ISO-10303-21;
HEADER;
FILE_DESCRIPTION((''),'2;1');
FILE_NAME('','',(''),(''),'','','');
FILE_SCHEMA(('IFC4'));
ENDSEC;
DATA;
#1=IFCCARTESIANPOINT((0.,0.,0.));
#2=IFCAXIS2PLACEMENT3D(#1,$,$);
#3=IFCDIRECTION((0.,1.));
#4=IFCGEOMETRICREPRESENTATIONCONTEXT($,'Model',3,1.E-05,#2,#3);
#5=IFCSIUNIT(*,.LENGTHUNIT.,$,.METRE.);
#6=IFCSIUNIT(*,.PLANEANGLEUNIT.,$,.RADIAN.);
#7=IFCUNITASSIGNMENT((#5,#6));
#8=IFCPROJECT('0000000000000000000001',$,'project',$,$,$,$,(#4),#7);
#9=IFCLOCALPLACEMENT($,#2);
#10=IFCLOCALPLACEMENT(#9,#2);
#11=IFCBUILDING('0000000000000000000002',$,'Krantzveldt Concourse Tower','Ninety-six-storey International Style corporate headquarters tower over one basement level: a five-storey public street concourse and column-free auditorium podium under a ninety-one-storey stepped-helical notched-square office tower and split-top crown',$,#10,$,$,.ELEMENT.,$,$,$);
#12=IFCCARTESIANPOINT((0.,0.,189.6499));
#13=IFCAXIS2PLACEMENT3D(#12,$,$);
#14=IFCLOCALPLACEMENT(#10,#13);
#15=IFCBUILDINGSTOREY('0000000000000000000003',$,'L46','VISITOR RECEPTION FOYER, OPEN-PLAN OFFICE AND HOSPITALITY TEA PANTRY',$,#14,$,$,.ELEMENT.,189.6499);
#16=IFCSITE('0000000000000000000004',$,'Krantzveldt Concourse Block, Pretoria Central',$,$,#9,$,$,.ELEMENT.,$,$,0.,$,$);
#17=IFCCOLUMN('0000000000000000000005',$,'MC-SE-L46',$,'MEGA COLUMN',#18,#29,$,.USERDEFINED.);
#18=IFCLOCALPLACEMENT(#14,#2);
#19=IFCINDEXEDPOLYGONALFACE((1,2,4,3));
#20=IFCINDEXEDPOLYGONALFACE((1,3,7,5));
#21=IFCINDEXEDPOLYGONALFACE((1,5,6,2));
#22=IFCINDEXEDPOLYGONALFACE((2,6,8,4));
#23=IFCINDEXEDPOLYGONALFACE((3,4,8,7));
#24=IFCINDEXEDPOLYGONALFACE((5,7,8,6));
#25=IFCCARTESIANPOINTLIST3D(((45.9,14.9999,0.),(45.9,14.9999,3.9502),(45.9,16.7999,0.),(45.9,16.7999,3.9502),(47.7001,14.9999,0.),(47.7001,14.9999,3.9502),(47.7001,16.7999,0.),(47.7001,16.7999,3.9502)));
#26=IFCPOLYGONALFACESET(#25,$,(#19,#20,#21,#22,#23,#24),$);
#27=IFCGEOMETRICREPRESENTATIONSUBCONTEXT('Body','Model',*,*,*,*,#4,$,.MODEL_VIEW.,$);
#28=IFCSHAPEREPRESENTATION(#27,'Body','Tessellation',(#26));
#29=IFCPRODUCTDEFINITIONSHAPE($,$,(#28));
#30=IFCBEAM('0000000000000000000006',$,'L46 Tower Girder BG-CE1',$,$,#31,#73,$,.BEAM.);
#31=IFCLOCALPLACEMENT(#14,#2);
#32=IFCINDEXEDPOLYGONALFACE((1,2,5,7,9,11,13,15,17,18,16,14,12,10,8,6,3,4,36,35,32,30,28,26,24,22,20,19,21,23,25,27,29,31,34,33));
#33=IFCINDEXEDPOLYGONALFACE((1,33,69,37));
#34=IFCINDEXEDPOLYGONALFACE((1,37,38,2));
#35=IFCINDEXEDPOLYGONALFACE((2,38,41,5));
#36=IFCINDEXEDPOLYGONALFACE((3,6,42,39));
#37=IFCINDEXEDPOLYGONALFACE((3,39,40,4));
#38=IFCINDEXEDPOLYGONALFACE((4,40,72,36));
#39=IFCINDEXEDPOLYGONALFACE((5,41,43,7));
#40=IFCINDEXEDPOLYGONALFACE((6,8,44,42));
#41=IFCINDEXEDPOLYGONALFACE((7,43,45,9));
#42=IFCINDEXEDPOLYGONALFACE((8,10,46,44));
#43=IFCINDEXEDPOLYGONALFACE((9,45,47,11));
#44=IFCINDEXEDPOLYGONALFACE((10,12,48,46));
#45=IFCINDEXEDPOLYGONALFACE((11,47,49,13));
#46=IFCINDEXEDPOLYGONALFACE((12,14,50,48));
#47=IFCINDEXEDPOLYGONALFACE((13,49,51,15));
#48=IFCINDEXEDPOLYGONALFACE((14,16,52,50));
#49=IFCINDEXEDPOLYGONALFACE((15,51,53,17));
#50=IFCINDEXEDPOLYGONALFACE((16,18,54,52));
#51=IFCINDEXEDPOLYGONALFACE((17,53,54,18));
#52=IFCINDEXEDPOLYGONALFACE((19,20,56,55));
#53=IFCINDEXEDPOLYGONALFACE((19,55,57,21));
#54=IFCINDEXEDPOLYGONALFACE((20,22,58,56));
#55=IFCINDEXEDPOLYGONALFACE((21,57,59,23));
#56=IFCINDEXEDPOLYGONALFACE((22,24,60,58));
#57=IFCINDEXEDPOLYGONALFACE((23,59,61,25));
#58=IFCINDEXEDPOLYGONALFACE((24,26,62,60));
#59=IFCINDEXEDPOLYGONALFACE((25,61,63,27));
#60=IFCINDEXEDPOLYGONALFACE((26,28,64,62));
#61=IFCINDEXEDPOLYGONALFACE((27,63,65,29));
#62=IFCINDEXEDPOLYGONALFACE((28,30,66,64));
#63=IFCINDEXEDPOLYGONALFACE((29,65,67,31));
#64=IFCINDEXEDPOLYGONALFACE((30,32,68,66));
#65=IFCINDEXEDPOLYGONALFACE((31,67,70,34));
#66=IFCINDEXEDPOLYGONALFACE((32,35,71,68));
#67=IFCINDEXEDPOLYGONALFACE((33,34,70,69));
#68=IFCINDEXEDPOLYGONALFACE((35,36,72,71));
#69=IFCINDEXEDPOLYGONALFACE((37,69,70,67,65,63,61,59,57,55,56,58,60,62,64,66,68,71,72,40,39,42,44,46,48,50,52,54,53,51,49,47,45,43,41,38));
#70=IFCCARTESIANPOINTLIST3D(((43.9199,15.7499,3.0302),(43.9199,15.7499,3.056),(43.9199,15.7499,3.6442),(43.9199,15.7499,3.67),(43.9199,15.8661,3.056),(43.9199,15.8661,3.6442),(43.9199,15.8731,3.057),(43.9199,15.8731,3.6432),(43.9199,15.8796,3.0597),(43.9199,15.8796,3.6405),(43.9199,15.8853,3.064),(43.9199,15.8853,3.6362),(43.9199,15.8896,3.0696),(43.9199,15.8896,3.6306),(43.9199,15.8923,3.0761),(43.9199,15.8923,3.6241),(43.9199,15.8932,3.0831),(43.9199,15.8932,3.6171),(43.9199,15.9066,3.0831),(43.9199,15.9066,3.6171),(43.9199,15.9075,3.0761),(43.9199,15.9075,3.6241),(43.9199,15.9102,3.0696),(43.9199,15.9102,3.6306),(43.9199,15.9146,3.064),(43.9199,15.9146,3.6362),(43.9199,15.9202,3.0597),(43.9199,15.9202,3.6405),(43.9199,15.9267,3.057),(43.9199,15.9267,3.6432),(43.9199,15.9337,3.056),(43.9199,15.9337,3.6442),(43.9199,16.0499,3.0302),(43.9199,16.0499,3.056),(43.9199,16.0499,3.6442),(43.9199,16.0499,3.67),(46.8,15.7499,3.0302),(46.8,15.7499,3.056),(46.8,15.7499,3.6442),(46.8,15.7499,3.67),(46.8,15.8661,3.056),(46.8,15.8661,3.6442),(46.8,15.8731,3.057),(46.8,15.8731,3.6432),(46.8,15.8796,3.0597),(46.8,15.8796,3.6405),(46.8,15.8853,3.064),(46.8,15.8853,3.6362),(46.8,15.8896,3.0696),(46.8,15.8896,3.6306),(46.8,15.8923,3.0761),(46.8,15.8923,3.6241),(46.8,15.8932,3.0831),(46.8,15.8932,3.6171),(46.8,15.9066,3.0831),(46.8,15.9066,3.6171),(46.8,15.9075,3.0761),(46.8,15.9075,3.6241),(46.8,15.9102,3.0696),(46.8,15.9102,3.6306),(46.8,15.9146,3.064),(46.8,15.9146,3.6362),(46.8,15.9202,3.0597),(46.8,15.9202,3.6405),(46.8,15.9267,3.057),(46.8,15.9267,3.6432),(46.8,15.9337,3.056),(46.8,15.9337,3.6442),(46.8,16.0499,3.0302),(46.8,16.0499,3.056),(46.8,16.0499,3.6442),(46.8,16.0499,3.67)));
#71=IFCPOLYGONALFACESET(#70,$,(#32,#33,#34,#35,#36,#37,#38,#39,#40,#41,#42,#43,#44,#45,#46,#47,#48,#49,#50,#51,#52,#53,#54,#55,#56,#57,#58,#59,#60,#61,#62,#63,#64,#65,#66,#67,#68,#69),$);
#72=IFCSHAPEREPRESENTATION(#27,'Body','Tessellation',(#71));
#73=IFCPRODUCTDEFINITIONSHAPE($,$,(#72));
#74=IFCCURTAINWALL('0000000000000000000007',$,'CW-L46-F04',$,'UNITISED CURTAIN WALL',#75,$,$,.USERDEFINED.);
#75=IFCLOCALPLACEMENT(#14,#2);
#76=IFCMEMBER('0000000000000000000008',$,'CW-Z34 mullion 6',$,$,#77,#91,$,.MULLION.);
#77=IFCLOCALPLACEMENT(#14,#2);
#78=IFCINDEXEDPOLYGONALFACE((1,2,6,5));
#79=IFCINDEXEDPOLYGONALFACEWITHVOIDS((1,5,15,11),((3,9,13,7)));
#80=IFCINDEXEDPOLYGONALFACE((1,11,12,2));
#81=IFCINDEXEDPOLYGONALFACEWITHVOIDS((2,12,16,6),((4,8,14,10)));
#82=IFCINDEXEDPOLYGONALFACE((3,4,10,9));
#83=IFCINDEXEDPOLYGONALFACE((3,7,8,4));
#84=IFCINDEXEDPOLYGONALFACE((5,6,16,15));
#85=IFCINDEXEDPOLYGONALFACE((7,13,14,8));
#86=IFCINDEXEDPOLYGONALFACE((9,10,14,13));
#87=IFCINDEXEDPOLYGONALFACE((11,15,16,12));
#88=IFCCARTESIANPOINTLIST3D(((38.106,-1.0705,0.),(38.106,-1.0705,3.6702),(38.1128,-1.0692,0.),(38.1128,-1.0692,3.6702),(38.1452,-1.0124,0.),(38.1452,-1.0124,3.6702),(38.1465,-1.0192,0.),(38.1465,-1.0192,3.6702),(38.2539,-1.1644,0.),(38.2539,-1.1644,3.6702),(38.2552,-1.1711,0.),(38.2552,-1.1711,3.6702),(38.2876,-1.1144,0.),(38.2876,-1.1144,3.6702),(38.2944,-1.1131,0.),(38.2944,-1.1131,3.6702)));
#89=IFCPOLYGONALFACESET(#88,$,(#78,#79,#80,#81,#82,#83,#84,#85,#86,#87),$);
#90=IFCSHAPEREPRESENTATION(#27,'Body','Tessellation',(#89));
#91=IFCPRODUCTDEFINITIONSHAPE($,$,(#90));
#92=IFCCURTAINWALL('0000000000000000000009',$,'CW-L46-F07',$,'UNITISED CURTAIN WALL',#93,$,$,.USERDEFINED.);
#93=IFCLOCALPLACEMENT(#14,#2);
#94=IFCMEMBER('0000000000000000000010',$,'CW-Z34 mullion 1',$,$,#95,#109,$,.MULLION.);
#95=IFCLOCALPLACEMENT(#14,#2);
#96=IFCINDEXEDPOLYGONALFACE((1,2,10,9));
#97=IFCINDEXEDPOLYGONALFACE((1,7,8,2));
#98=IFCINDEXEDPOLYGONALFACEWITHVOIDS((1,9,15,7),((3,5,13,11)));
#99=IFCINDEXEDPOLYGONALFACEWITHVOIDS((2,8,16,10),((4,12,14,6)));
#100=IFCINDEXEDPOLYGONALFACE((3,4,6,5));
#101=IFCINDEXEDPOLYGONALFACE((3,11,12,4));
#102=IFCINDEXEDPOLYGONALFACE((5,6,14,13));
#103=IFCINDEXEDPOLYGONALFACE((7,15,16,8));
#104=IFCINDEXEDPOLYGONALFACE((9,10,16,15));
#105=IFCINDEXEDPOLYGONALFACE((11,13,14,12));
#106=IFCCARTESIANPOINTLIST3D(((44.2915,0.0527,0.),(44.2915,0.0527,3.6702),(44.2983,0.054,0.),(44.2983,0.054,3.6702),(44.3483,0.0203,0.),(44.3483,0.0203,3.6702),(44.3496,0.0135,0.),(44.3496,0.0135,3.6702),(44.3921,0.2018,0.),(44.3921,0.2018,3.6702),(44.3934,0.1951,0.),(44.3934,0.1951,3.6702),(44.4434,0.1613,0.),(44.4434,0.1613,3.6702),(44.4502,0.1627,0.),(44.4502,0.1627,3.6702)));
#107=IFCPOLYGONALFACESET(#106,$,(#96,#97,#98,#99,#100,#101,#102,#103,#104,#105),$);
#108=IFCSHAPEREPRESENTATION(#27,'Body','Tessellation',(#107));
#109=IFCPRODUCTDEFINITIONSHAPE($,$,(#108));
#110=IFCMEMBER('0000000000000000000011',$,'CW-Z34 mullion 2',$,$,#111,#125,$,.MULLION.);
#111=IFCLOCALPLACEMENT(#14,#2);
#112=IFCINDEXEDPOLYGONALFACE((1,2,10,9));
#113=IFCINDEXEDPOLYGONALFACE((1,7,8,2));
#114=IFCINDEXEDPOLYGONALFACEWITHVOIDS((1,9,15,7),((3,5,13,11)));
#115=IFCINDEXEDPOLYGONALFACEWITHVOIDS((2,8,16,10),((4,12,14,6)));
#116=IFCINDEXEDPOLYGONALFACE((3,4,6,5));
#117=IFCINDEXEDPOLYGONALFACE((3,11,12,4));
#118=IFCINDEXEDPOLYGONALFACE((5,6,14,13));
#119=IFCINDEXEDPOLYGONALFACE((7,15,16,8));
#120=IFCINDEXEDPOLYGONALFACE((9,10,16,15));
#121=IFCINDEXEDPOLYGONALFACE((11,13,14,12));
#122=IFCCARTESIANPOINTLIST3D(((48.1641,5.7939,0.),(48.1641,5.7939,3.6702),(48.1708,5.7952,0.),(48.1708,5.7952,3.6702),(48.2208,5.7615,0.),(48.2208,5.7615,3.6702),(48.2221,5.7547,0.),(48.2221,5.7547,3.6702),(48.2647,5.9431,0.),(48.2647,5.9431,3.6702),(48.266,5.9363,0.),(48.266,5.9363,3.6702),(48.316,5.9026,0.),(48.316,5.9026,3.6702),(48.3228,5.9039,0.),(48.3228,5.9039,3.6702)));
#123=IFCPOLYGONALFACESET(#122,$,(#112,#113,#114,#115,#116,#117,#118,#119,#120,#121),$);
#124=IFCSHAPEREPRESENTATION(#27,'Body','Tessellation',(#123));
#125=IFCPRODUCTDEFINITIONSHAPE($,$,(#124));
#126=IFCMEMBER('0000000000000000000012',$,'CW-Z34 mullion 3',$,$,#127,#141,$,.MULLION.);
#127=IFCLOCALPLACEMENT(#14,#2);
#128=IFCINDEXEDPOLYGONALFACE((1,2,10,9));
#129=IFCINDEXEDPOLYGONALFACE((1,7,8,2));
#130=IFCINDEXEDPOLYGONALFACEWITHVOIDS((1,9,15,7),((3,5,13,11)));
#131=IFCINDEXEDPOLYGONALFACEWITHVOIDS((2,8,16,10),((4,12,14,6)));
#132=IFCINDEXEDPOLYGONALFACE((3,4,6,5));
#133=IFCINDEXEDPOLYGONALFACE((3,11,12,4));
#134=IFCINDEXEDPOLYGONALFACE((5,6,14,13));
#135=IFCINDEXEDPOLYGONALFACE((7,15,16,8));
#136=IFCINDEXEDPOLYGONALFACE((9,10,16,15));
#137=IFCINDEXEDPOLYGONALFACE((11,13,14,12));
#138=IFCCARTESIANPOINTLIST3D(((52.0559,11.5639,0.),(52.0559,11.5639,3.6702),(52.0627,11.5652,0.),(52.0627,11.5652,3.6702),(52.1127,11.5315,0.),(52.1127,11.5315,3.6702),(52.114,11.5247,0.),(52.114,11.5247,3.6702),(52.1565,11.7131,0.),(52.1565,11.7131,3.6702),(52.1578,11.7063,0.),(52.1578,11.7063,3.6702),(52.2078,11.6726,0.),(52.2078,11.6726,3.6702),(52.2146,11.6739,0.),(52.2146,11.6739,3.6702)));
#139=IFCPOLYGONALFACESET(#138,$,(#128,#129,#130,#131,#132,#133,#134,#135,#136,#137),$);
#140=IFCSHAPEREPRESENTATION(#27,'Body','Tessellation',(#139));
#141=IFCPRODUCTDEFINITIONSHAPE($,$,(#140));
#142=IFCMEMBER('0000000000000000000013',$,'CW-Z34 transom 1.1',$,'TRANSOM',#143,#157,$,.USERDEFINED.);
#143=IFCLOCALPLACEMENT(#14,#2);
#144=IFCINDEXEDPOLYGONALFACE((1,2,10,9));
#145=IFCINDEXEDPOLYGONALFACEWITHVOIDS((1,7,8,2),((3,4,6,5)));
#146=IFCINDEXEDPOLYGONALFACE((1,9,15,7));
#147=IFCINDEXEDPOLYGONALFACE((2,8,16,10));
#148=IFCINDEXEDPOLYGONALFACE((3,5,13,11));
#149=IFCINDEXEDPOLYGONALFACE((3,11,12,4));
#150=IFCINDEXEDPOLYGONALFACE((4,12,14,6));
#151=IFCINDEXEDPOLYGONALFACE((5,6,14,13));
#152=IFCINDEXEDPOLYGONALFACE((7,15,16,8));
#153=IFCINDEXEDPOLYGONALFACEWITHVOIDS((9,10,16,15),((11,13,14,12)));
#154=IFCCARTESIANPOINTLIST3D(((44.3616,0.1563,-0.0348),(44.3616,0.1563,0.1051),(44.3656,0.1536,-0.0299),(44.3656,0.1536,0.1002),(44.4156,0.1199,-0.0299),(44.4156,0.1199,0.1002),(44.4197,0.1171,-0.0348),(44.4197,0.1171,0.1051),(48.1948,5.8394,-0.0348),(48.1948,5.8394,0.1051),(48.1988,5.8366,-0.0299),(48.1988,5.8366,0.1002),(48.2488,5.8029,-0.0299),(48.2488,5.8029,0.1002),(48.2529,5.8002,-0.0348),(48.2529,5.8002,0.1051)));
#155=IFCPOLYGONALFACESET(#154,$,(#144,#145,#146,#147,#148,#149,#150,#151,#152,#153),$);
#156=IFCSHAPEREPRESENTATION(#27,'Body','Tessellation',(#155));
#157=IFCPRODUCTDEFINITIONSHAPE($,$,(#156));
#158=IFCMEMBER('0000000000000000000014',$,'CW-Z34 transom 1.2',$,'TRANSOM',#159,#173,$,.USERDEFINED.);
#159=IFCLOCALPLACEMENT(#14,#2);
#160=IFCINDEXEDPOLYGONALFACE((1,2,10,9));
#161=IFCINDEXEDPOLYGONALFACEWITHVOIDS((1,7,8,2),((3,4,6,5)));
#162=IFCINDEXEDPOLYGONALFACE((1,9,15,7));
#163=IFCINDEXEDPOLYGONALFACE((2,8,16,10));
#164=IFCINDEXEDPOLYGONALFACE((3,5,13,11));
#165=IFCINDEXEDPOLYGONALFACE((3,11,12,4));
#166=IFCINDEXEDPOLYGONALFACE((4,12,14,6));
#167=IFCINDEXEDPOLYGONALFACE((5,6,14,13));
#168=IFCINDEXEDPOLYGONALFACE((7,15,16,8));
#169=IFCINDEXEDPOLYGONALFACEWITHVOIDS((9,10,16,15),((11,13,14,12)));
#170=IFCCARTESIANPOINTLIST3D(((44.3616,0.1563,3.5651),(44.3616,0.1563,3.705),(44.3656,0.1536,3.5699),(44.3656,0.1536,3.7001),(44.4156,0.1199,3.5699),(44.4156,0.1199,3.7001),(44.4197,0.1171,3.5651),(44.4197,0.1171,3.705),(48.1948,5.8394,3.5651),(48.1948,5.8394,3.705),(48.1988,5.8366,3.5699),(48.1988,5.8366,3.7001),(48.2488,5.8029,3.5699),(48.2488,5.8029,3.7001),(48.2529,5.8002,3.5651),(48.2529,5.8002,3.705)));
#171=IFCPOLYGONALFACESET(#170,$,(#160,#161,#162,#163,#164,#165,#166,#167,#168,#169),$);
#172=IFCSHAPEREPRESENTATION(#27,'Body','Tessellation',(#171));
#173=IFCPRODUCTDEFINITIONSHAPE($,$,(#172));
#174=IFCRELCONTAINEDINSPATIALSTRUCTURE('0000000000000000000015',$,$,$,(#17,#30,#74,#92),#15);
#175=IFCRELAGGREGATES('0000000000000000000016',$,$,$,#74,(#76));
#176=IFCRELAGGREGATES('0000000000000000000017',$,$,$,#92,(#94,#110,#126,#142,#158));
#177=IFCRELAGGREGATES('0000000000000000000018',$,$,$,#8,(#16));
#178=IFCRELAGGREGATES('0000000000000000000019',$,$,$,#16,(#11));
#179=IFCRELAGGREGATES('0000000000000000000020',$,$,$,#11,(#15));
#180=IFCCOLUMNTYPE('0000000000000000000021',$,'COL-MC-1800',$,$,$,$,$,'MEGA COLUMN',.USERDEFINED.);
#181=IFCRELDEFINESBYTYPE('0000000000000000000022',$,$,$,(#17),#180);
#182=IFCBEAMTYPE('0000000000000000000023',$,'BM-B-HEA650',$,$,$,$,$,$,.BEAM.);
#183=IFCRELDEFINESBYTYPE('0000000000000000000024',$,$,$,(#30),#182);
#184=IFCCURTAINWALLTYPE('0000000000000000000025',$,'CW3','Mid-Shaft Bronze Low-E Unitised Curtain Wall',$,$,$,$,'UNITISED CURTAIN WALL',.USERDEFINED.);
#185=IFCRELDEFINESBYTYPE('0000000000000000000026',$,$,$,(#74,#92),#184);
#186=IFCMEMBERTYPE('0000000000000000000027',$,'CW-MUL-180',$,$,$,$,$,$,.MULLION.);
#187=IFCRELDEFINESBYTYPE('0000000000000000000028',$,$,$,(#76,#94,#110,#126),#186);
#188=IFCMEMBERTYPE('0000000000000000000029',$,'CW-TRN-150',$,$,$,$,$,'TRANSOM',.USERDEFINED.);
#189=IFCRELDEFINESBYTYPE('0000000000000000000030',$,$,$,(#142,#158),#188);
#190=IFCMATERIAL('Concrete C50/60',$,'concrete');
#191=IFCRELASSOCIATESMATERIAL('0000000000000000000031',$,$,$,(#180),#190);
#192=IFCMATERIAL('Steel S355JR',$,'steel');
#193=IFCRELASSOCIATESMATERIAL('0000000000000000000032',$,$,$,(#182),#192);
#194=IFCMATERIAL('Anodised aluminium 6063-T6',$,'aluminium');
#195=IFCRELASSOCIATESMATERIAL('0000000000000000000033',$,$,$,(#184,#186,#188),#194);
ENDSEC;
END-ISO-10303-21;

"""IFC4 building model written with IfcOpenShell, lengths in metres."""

from ifc_helpers import new_model, si_unit, direction, frame, origin, origin_2d, place, context, subcontext, project, spatial, rectangle, hollow_rectangle, i_section, extrude, source, transform, mapped, material, material_profile, profile_set, type_object, type_shapes, element, aggregate, save


model = new_model("IFC4")

# Units and contexts
model_context = context("Model", 3, precision=1e-05, world=origin(), true_north=direction((0.0, 1.0)))
body_context = subcontext(model_context, "Body", "Model", "MODEL_VIEW")
ifc_project = project(units=[si_unit("LENGTHUNIT", "METRE"), si_unit("PLANEANGLEUNIT", "RADIAN")], contexts=[model_context])

# Site, building, storey
site_placement = place(None, origin())
site = spatial("IfcSite", under=ifc_project, at=site_placement, Name="Krantzveldt Concourse Block, Pretoria Central", CompositionType="ELEMENT", RefElevation=0.0)
building_placement = place(site_placement, origin())
building = spatial("IfcBuilding", under=site, at=building_placement, Name="Krantzveldt Concourse Tower", Description="Ninety-six-storey International Style corporate headquarters tower over one basement level: a five-storey public street concourse and column-free auditorium podium under a ninety-one-storey stepped-helical notched-square office tower and split-top crown", CompositionType="ELEMENT")
storey_placement = place(building_placement, frame((0.0, 0.0, 189.6499)))
storey = spatial("IfcBuildingStorey", under=building, at=storey_placement, Name="L46", Description="VISITOR RECEPTION FOYER, OPEN-PLAN OFFICE AND HOSPITALITY TEA PANTRY", CompositionType="ELEMENT", Elevation=189.6499)

# Column
ifc_material_1 = material(Name="Concrete C50/60", Category="concrete")
ifc_material_profile_1 = material_profile(ifc_material_1, rectangle(XDim=1.8, YDim=1.8, at=origin_2d()), Name="Concrete C50/60", Category="concrete")
ifc_profile_set_1 = profile_set([ifc_material_profile_1], Name="Concrete C50/60 - RC 1800x1800")
column_type = type_object("IfcColumnType", Name="COL-MC-1800", ElementType="MEGA COLUMN", PredefinedType="USERDEFINED", material=ifc_profile_set_1)
shared_shape_1 = source(origin(), body_context, "Body", "SweptSolid", [
    extrude(rectangle(XDim=1.8, YDim=1.8, at=origin_2d()), origin(), (0.0, 0.0, 1.0), 3.9502),
])
type_shapes(column_type, [shared_shape_1])
column_placement = place(storey_placement, frame((46.8, 15.8999, 0.0), z_axis=(0.0, 0.0, 1.0), x_axis=(1.0, 0.0, 0.0)))
element("IfcColumn", 1, at=column_placement, inside=storey, type_object=column_type, Name="MC-SE-L46", ObjectType="MEGA COLUMN", PredefinedType="USERDEFINED", context=body_context, shape_type="MappedRepresentation", body=[
    mapped(shared_shape_1, transform((0.0, 0.0, 0.0), x_axis=(1.0, 0.0, 0.0), y_axis=(0.0, 1.0, 0.0), z_axis=(0.0, 0.0, 1.0), scale=1.0)),
])

# Beam
ifc_material_2 = material(Name="Steel S355JR", Category="steel")
ifc_material_profile_2 = material_profile(ifc_material_2, i_section(OverallWidth=0.3, OverallDepth=0.6399, WebThickness=0.0134, FlangeThickness=0.0259, FilletRadius=0.0271, at=origin_2d()), Name="Steel S355JR", Category="steel")
ifc_profile_set_2 = profile_set([ifc_material_profile_2], Name="Steel S355JR - HEA 650")
beam_type = type_object("IfcBeamType", Name="BM-B-HEA650", PredefinedType="BEAM", material=ifc_profile_set_2)
shared_shape_2 = source(origin(), body_context, "Body", "SweptSolid", [
    extrude(i_section(OverallWidth=0.3, OverallDepth=0.6399, WebThickness=0.0134, FlangeThickness=0.0259, FilletRadius=0.0271, at=origin_2d()), origin(), (0.0, 0.0, 1.0), 2.8801),
])
type_shapes(beam_type, [shared_shape_2])
beam_placement = place(storey_placement, frame((43.9199, 15.8999, 3.3501), z_axis=(1.0, 0.0, 0.0), x_axis=(0.0, 1.0, 0.0)))
element("IfcBeam", 2, at=beam_placement, inside=storey, type_object=beam_type, Name="L46 Tower Girder BG-CE1", PredefinedType="BEAM", context=body_context, shape_type="MappedRepresentation", body=[
    mapped(shared_shape_2, transform((0.0, 0.0, 0.0), x_axis=(1.0, 0.0, 0.0), y_axis=(0.0, 1.0, 0.0), z_axis=(0.0, 0.0, 1.0), scale=1.0)),
])

# Curtain wall, member
ifc_material_3 = material(Name="Anodised aluminium 6063-T6", Category="aluminium")
curtain_wall_type = type_object("IfcCurtainWallType", Name="CW3", Description="Mid-Shaft Bronze Low-E Unitised Curtain Wall", ElementType="UNITISED CURTAIN WALL", PredefinedType="USERDEFINED", material=ifc_material_3)
curtain_wall_1_placement = place(storey_placement, origin())
curtain_wall_1 = element("IfcCurtainWall", 3, at=curtain_wall_1_placement, inside=storey, type_object=curtain_wall_type, Name="CW-L46-F04", ObjectType="UNITISED CURTAIN WALL", PredefinedType="USERDEFINED")
ifc_material_profile_3 = material_profile(ifc_material_3, hollow_rectangle(XDim=0.0701, YDim=0.1799, WallThickness=0.0049, at=origin_2d()), Name="Anodised aluminium 6063-T6", Category="aluminium")
ifc_profile_set_3 = profile_set([ifc_material_profile_3], Name="Anodised aluminium 6063-T6 - ALU-MULL 180x70x5")
member_type_1 = type_object("IfcMemberType", Name="CW-MUL-180", PredefinedType="MULLION", material=ifc_profile_set_3)
shared_shape_3 = source(origin(), body_context, "Body", "SweptSolid", [
    extrude(hollow_rectangle(XDim=0.0701, YDim=0.1799, WallThickness=0.0049, at=origin_2d()), origin(), (0.0, 0.0, 1.0), 3.6702),
])
type_shapes(member_type_1, [shared_shape_3])
member_1_placement = place(storey_placement, frame((38.2002, -1.0918, 0.0), z_axis=(0.0, 0.0, 1.0), x_axis=(0.559193, 0.829038, 0.0)))
member_1 = element("IfcMember", 4, at=member_1_placement, type_object=member_type_1, Name="CW-Z34 mullion 6", PredefinedType="MULLION", context=body_context, shape_type="MappedRepresentation", body=[
    mapped(shared_shape_3, transform((0.0, 0.0, 0.0), x_axis=(1.0, 0.0, 0.0), y_axis=(0.0, 1.0, 0.0), z_axis=(0.0, 0.0, 1.0), scale=1.0)),
])

# Curtain wall, members
curtain_wall_2_placement = place(storey_placement, origin())
curtain_wall_2 = element("IfcCurtainWall", 5, at=curtain_wall_2_placement, inside=storey, type_object=curtain_wall_type, Name="CW-L46-F07", ObjectType="UNITISED CURTAIN WALL", PredefinedType="USERDEFINED")
member_2_placement = place(storey_placement, frame((44.3708, 0.1077, 0.0), z_axis=(0.0, 0.0, 1.0), x_axis=(-0.829038, 0.559193, 0.0)))
member_2 = element("IfcMember", 6, at=member_2_placement, type_object=member_type_1, Name="CW-Z34 mullion 1", PredefinedType="MULLION", context=body_context, shape_type="MappedRepresentation", body=[
    mapped(shared_shape_3, transform((0.0, 0.0, 0.0), x_axis=(1.0, 0.0, 0.0), y_axis=(0.0, 1.0, 0.0), z_axis=(0.0, 0.0, 1.0), scale=1.0)),
])
member_3_placement = place(storey_placement, frame((48.2434, 5.8489, 0.0), z_axis=(0.0, 0.0, 1.0), x_axis=(-0.829038, 0.559193, 0.0)))
member_3 = element("IfcMember", 7, at=member_3_placement, type_object=member_type_1, Name="CW-Z34 mullion 2", PredefinedType="MULLION", context=body_context, shape_type="MappedRepresentation", body=[
    mapped(shared_shape_3, transform((0.0, 0.0, 0.0), x_axis=(1.0, 0.0, 0.0), y_axis=(0.0, 1.0, 0.0), z_axis=(0.0, 0.0, 1.0), scale=1.0)),
])
member_4_placement = place(storey_placement, frame((52.1353, 11.6189, 0.0), z_axis=(0.0, 0.0, 1.0), x_axis=(-0.829038, 0.559193, 0.0)))
member_4 = element("IfcMember", 8, at=member_4_placement, type_object=member_type_1, Name="CW-Z34 mullion 3", PredefinedType="MULLION", context=body_context, shape_type="MappedRepresentation", body=[
    mapped(shared_shape_3, transform((0.0, 0.0, 0.0), x_axis=(1.0, 0.0, 0.0), y_axis=(0.0, 1.0, 0.0), z_axis=(0.0, 0.0, 1.0), scale=1.0)),
])
ifc_material_profile_4 = material_profile(ifc_material_3, hollow_rectangle(XDim=0.0701, YDim=0.1399, WallThickness=0.0049, at=origin_2d()), Name="Anodised aluminium 6063-T6", Category="aluminium")
ifc_profile_set_4 = profile_set([ifc_material_profile_4], Name="Anodised aluminium 6063-T6 - ALU-TRAN 140x70x5")
member_type_2 = type_object("IfcMemberType", Name="CW-TRN-150", ElementType="TRANSOM", PredefinedType="USERDEFINED", material=ifc_profile_set_4)
shared_shape_4 = source(origin(), body_context, "Body", "SweptSolid", [
    extrude(hollow_rectangle(XDim=0.0701, YDim=0.1399, WallThickness=0.0049, at=origin_2d()), origin(), (0.0, 0.0, 1.0), 6.855),
])
member_5_placement = place(storey_placement, frame((44.3906, 0.1367, 0.0352), z_axis=(0.559188, 0.829041, 0.0), x_axis=(-0.829041, 0.559188, 0.0)))
member_5 = element("IfcMember", 9, at=member_5_placement, type_object=member_type_2, Name="CW-Z34 transom 1.1", ObjectType="TRANSOM", PredefinedType="USERDEFINED", context=body_context, shape_type="MappedRepresentation", body=[
    mapped(shared_shape_4, transform((0.0, 0.0, 0.0), x_axis=(1.0, 0.0, 0.0), y_axis=(0.0, 1.0, 0.0), z_axis=(0.0, 0.0, 1.0), scale=1.0)),
])
member_6_placement = place(storey_placement, frame((44.3906, 0.1367, 3.635), z_axis=(0.559188, 0.829041, 0.0), x_axis=(-0.829041, 0.559188, 0.0)))
member_6 = element("IfcMember", 10, at=member_6_placement, type_object=member_type_2, Name="CW-Z34 transom 1.2", ObjectType="TRANSOM", PredefinedType="USERDEFINED", context=body_context, shape_type="MappedRepresentation", body=[
    mapped(shared_shape_4, transform((0.0, 0.0, 0.0), x_axis=(1.0, 0.0, 0.0), y_axis=(0.0, 1.0, 0.0), z_axis=(0.0, 0.0, 1.0), scale=1.0)),
])

aggregate(curtain_wall_1, [member_1])
aggregate(curtain_wall_2, [member_2, member_3, member_4, member_5, member_6])

save(model, "model.ifc")
